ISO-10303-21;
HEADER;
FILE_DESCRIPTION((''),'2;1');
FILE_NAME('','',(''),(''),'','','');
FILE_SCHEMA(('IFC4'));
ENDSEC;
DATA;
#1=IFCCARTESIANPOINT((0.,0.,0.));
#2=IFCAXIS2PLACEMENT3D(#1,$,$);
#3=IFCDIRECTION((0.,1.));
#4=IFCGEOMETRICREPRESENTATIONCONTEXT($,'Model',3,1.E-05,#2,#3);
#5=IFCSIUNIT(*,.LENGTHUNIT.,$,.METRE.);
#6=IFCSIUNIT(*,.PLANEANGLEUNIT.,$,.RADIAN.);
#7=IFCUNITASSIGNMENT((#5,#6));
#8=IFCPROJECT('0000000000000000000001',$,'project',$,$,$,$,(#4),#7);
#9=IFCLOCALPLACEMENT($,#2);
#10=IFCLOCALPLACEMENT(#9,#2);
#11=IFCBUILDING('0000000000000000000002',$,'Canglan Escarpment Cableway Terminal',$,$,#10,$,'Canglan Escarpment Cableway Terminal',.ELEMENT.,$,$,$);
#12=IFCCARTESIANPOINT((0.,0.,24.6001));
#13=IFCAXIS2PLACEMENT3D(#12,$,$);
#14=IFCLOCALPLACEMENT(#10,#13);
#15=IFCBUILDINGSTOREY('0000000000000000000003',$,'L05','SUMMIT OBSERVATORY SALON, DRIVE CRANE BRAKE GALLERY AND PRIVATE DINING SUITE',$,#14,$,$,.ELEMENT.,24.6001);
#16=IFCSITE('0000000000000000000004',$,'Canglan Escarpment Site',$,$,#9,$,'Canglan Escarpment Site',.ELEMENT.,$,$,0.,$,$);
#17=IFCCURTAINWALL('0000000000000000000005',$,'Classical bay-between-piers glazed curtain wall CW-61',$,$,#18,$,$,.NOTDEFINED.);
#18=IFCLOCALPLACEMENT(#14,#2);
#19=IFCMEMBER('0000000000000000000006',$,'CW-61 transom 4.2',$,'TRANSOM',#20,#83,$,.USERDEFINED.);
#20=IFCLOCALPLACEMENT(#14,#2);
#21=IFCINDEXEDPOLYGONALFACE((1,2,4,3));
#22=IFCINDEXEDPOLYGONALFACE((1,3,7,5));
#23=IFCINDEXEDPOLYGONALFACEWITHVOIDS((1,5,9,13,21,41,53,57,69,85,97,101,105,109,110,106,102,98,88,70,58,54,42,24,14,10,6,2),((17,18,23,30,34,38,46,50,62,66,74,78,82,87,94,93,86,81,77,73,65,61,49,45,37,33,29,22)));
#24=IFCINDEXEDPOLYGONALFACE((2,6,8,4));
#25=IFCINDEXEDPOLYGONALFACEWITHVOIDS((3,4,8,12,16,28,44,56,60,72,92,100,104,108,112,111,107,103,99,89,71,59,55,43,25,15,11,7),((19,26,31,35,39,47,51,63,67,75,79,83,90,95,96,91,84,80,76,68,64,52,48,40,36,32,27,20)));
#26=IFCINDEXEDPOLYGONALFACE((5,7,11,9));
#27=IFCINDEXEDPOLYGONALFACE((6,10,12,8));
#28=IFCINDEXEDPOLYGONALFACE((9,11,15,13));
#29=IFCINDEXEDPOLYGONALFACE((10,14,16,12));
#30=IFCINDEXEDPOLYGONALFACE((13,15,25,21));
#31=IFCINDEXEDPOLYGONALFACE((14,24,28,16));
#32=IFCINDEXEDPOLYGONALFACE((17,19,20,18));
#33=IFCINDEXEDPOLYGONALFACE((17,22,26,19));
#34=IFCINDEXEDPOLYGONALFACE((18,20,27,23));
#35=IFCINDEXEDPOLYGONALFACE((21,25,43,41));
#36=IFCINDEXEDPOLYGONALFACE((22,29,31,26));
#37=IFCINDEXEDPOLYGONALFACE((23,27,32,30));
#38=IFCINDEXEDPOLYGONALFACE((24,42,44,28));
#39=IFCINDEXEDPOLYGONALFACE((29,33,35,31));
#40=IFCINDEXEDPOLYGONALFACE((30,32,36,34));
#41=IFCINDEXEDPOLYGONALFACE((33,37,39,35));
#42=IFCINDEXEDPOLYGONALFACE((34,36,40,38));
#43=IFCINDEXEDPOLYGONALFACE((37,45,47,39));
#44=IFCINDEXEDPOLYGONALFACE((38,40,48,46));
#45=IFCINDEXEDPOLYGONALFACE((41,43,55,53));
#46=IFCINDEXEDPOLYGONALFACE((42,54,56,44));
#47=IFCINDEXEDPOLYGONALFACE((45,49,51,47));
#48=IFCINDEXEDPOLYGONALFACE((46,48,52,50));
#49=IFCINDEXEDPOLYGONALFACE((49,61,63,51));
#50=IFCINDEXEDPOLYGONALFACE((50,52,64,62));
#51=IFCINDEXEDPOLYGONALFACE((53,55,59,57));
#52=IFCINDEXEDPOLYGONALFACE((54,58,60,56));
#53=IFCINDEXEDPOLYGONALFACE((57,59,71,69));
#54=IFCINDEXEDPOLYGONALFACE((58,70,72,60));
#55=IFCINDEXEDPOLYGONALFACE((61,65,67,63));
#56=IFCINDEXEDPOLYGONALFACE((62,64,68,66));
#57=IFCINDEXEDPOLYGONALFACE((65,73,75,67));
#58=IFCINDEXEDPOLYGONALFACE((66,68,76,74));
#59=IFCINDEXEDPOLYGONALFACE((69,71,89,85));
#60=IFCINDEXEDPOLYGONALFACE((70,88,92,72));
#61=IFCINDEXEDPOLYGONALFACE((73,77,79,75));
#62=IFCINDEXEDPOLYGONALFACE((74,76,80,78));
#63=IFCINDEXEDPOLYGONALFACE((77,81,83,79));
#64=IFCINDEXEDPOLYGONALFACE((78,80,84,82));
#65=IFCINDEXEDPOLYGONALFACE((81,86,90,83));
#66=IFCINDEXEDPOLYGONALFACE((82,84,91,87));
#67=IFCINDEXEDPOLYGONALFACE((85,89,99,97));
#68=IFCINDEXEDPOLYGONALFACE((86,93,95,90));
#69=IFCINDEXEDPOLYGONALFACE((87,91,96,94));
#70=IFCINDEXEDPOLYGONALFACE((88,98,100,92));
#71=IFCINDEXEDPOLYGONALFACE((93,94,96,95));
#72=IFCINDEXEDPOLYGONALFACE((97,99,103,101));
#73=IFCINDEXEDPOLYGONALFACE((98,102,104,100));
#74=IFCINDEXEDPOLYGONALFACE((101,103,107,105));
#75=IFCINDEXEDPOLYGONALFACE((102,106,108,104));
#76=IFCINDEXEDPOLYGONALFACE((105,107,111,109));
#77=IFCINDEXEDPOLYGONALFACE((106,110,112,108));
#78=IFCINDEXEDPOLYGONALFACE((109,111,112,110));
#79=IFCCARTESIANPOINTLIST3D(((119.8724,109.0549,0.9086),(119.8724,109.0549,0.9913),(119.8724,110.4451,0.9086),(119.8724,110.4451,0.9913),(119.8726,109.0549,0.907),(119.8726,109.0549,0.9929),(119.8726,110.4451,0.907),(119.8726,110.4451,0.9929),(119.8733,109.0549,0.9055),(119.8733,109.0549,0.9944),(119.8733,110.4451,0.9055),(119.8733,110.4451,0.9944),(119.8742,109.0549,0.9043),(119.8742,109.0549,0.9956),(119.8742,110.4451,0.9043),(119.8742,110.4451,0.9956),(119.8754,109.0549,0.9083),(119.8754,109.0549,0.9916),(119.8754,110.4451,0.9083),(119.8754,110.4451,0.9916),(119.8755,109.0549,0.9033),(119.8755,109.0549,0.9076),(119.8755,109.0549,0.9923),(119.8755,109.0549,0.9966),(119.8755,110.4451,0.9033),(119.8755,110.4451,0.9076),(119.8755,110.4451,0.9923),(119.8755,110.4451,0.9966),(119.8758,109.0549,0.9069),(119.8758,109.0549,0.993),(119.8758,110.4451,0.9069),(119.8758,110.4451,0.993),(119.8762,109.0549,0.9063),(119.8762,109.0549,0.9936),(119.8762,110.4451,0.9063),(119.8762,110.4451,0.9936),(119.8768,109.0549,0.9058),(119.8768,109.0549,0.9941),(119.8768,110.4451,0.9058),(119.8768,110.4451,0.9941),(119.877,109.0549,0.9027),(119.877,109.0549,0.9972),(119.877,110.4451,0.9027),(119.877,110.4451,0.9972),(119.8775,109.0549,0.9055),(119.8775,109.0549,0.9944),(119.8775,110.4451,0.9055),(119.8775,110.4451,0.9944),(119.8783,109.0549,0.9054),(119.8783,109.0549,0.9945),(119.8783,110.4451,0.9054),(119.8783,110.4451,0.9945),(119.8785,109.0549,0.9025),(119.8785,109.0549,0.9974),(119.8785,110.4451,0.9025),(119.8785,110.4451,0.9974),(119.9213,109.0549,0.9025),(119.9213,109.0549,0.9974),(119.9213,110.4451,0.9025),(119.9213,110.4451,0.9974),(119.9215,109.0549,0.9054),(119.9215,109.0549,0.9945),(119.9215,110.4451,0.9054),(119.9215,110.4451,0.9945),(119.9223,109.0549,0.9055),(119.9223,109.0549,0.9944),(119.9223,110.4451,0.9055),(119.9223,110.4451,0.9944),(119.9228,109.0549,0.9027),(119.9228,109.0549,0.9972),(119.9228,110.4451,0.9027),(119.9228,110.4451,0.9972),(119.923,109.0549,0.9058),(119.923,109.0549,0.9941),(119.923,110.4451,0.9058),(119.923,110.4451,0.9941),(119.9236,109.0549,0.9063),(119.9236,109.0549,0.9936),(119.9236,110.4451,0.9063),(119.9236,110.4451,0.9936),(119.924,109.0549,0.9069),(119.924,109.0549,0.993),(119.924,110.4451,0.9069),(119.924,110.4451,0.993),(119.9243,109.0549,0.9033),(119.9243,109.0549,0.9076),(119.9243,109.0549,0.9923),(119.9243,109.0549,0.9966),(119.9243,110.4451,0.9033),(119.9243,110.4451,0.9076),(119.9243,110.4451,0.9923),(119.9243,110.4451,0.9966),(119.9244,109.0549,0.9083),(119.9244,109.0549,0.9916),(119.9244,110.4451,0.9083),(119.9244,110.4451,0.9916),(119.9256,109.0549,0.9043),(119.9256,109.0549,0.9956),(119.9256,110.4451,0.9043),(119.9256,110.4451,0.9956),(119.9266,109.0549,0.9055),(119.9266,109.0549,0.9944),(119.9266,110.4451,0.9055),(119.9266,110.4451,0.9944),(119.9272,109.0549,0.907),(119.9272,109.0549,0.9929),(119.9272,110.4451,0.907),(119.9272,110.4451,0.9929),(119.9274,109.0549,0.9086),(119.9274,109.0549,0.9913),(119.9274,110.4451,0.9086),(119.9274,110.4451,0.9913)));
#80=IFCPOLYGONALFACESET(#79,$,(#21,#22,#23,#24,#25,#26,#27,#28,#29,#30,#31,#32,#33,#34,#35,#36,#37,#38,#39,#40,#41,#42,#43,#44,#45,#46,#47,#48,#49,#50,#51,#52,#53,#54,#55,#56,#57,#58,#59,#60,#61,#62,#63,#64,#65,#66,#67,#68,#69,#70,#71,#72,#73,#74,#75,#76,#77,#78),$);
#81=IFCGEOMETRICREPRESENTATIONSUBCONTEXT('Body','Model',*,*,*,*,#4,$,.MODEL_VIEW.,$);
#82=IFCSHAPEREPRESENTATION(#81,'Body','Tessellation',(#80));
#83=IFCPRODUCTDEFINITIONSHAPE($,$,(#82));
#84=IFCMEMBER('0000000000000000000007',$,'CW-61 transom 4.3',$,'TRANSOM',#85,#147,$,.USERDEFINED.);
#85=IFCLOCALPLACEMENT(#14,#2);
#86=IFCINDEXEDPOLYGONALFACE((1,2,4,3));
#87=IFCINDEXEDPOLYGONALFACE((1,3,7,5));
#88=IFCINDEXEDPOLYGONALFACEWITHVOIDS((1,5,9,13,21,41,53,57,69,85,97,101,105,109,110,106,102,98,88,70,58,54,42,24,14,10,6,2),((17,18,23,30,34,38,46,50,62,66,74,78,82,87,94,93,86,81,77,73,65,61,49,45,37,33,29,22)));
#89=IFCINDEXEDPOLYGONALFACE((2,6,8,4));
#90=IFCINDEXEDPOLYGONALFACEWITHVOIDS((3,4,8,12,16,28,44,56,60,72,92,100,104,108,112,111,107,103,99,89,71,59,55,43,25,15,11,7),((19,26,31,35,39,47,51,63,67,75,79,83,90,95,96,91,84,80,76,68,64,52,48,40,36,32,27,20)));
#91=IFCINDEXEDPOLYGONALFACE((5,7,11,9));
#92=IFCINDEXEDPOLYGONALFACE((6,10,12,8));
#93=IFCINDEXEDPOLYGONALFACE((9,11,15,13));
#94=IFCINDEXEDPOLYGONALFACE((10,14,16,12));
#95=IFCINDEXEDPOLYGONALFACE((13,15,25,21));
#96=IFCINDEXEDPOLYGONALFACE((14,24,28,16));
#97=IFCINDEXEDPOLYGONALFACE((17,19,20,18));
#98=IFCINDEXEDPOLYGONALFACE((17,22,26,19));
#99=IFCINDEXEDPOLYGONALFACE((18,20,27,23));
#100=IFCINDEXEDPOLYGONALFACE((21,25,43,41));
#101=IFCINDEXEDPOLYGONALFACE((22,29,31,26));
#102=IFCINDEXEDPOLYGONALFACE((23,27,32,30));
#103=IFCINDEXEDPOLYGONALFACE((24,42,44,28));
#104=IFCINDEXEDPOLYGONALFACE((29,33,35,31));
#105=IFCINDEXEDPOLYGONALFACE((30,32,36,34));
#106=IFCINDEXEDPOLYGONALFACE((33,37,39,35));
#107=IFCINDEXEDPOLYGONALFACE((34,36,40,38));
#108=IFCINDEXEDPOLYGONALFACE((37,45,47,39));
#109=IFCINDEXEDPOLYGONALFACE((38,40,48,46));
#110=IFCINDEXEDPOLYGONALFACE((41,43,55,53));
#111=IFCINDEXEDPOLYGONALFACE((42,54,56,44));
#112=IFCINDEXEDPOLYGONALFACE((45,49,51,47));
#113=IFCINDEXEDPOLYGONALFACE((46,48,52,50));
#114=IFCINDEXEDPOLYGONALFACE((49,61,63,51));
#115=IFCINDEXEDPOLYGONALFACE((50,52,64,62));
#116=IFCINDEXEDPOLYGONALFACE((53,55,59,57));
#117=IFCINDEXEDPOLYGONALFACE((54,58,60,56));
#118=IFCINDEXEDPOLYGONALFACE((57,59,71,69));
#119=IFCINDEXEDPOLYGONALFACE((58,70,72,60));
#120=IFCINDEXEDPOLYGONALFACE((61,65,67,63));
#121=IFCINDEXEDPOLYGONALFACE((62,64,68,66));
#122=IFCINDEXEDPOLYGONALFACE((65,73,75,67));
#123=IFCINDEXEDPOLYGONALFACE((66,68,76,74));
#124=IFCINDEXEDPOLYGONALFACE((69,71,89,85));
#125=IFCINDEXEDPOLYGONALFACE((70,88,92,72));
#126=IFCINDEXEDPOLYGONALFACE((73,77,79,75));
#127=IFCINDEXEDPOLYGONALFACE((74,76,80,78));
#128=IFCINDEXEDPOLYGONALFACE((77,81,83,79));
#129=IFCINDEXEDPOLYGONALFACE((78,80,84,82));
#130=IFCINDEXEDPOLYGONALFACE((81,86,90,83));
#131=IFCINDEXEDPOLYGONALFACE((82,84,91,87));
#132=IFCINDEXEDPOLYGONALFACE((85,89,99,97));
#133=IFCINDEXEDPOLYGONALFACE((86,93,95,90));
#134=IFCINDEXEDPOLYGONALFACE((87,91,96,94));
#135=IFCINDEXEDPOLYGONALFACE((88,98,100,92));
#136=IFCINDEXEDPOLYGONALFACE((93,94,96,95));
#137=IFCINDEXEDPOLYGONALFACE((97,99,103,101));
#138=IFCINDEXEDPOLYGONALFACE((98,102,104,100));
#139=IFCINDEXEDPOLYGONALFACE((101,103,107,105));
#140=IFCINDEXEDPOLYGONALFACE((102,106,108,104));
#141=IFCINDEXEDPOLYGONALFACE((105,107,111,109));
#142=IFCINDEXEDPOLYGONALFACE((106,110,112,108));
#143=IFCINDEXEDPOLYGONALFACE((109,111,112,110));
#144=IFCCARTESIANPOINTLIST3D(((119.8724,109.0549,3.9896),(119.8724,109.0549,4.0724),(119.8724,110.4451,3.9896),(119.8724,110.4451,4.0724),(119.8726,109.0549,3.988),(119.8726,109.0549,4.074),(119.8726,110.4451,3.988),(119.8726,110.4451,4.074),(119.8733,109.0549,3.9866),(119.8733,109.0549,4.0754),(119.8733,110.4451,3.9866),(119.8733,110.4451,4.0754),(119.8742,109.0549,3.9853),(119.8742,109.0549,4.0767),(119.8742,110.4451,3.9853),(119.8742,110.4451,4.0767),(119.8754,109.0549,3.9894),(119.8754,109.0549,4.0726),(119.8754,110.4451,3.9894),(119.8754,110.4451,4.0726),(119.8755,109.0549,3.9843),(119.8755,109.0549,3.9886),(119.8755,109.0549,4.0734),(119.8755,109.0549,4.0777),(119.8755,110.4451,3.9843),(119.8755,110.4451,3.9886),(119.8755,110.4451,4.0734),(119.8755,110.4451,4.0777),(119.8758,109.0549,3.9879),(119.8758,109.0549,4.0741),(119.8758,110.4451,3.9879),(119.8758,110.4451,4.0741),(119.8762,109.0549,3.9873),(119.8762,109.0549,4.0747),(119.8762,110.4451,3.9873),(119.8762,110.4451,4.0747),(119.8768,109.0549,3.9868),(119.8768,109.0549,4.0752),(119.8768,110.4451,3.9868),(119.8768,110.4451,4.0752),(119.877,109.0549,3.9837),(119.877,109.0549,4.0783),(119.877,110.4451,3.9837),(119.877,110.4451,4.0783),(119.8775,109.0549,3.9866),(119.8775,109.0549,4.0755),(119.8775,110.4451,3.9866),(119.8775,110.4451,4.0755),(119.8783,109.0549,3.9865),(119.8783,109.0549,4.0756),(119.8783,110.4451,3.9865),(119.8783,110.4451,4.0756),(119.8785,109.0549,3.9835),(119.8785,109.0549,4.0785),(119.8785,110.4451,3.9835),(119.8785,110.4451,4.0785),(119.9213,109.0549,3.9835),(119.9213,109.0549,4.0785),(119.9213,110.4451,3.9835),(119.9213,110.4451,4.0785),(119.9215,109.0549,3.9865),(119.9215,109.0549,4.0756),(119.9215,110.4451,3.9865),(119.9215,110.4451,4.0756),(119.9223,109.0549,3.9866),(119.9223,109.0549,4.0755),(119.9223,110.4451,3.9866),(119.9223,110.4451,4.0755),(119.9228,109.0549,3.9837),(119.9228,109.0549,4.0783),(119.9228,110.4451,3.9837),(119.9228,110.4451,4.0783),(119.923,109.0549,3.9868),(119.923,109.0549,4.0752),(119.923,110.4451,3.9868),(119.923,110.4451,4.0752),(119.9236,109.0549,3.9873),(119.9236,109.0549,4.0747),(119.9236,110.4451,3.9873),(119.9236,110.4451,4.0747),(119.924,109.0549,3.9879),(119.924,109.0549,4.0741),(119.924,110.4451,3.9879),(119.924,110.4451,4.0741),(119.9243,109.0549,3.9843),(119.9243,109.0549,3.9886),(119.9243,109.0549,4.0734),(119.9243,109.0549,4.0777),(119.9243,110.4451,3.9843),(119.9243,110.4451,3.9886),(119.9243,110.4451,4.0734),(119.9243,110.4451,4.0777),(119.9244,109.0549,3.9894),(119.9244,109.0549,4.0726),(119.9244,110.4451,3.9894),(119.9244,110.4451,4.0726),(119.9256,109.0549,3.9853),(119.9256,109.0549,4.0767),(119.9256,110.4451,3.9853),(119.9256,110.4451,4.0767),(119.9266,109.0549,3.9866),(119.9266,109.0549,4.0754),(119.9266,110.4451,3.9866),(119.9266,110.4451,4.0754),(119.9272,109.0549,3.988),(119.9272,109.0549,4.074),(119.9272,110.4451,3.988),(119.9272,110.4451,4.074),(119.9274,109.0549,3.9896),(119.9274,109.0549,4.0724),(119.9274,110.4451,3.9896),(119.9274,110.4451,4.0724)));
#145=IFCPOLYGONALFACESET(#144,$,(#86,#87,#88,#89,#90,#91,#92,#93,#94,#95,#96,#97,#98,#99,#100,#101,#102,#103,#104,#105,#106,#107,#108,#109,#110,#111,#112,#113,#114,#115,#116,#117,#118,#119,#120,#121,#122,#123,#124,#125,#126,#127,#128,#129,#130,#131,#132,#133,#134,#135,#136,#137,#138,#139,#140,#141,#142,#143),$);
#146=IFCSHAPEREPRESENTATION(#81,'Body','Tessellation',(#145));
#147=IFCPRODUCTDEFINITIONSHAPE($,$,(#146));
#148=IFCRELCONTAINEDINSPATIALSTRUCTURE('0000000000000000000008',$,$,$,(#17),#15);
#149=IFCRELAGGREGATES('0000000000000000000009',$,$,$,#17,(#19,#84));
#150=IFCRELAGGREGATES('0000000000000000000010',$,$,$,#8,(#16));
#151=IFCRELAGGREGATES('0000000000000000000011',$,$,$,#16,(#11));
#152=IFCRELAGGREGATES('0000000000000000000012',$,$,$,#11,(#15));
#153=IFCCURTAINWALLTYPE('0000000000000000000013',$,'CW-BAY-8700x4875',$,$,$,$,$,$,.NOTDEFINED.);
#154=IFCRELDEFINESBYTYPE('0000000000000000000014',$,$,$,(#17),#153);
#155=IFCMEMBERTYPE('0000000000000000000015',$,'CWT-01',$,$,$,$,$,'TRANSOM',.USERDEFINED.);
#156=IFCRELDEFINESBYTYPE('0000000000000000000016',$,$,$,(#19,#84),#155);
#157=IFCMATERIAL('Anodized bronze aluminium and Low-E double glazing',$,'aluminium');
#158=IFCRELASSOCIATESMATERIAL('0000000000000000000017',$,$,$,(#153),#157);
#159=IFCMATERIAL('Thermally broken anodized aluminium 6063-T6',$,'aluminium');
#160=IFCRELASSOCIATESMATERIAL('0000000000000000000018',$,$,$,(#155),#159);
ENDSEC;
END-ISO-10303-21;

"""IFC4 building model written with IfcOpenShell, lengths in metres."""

from ifc_helpers import new_model, si_unit, direction, frame, origin, origin_2d, place, context, subcontext, project, spatial, hollow_rectangle, extrude, material, material_profile, profile_set, type_object, element, aggregate, save


model = new_model("IFC4")

# Units and contexts
model_context = context("Model", 3, precision=1e-05, world=origin(), true_north=direction((0.0, 1.0)))
body_context = subcontext(model_context, "Body", "Model", "MODEL_VIEW")
ifc_project = project(units=[si_unit("LENGTHUNIT", "METRE"), si_unit("PLANEANGLEUNIT", "RADIAN")], contexts=[model_context])

# Site, building, storey
site_placement = place(None, origin())
site = spatial("IfcSite", under=ifc_project, at=site_placement, Name="Canglan Escarpment Site", LongName="Canglan Escarpment Site", CompositionType="ELEMENT", RefElevation=0.0)
building_placement = place(site_placement, origin())
building = spatial("IfcBuilding", under=site, at=building_placement, Name="Canglan Escarpment Cableway Terminal", LongName="Canglan Escarpment Cableway Terminal", CompositionType="ELEMENT")
storey_placement = place(building_placement, frame((0.0, 0.0, 24.6001)))
storey = spatial("IfcBuildingStorey", under=building, at=storey_placement, Name="L05", Description="SUMMIT OBSERVATORY SALON, DRIVE CRANE BRAKE GALLERY AND PRIVATE DINING SUITE", CompositionType="ELEMENT", Elevation=24.6001)

# Curtain wall, members
ifc_material_1 = material(Name="Anodized bronze aluminium and Low-E double glazing", Category="aluminium")
curtain_wall_type = type_object("IfcCurtainWallType", Name="CW-BAY-8700x4875", PredefinedType="NOTDEFINED", material=ifc_material_1)
curtain_wall_placement = place(storey_placement, origin())
curtain_wall = element("IfcCurtainWall", 1, at=curtain_wall_placement, inside=storey, type_object=curtain_wall_type, Name="Classical bay-between-piers glazed curtain wall CW-61", PredefinedType="NOTDEFINED")
ifc_material_2 = material(Name="Thermally broken anodized aluminium 6063-T6", Category="aluminium")
ifc_material_profile_1 = material_profile(ifc_material_2, hollow_rectangle(XDim=0.0549, YDim=0.095, WallThickness=0.0029, InnerFilletRadius=0.0029, OuterFilletRadius=0.0061, at=origin_2d()), Name="ALU-TRAN 55x95x3")
ifc_profile_set_1 = profile_set([ifc_material_profile_1], Name="Thermally broken anodized aluminium 6063-T6")
member_type_1 = type_object("IfcMemberType", Name="CWT-01", ElementType="TRANSOM", PredefinedType="USERDEFINED", material=ifc_profile_set_1)
member_1_placement = place(storey_placement, frame((119.8999, 110.4451, 0.95), z_axis=(0.0, -1.0, 0.0), x_axis=(1.0, 0.0, 0.0)))
member_1 = element("IfcMember", 2, at=member_1_placement, type_object=member_type_1, Name="CW-61 transom 4.2", ObjectType="TRANSOM", PredefinedType="USERDEFINED", context=body_context, shape_type="SweptSolid", body=[
    extrude(hollow_rectangle(XDim=0.0549, YDim=0.095, WallThickness=0.0029, InnerFilletRadius=0.0029, OuterFilletRadius=0.0061, at=origin_2d()), origin(), (0.0, 0.0, 1.0), 1.3901),
])
member_2_placement = place(storey_placement, frame((119.8999, 110.4451, 4.031), z_axis=(0.0, -1.0, 0.0), x_axis=(1.0, 0.0, 0.0)))
member_2 = element("IfcMember", 3, at=member_2_placement, type_object=member_type_1, Name="CW-61 transom 4.3", ObjectType="TRANSOM", PredefinedType="USERDEFINED", context=body_context, shape_type="SweptSolid", body=[
    extrude(hollow_rectangle(XDim=0.0549, YDim=0.095, WallThickness=0.0029, InnerFilletRadius=0.0029, OuterFilletRadius=0.0061, at=origin_2d()), origin(), (0.0, 0.0, 1.0), 1.3901),
])
aggregate(curtain_wall, [member_1, member_2])

save(model, "model.ifc")
